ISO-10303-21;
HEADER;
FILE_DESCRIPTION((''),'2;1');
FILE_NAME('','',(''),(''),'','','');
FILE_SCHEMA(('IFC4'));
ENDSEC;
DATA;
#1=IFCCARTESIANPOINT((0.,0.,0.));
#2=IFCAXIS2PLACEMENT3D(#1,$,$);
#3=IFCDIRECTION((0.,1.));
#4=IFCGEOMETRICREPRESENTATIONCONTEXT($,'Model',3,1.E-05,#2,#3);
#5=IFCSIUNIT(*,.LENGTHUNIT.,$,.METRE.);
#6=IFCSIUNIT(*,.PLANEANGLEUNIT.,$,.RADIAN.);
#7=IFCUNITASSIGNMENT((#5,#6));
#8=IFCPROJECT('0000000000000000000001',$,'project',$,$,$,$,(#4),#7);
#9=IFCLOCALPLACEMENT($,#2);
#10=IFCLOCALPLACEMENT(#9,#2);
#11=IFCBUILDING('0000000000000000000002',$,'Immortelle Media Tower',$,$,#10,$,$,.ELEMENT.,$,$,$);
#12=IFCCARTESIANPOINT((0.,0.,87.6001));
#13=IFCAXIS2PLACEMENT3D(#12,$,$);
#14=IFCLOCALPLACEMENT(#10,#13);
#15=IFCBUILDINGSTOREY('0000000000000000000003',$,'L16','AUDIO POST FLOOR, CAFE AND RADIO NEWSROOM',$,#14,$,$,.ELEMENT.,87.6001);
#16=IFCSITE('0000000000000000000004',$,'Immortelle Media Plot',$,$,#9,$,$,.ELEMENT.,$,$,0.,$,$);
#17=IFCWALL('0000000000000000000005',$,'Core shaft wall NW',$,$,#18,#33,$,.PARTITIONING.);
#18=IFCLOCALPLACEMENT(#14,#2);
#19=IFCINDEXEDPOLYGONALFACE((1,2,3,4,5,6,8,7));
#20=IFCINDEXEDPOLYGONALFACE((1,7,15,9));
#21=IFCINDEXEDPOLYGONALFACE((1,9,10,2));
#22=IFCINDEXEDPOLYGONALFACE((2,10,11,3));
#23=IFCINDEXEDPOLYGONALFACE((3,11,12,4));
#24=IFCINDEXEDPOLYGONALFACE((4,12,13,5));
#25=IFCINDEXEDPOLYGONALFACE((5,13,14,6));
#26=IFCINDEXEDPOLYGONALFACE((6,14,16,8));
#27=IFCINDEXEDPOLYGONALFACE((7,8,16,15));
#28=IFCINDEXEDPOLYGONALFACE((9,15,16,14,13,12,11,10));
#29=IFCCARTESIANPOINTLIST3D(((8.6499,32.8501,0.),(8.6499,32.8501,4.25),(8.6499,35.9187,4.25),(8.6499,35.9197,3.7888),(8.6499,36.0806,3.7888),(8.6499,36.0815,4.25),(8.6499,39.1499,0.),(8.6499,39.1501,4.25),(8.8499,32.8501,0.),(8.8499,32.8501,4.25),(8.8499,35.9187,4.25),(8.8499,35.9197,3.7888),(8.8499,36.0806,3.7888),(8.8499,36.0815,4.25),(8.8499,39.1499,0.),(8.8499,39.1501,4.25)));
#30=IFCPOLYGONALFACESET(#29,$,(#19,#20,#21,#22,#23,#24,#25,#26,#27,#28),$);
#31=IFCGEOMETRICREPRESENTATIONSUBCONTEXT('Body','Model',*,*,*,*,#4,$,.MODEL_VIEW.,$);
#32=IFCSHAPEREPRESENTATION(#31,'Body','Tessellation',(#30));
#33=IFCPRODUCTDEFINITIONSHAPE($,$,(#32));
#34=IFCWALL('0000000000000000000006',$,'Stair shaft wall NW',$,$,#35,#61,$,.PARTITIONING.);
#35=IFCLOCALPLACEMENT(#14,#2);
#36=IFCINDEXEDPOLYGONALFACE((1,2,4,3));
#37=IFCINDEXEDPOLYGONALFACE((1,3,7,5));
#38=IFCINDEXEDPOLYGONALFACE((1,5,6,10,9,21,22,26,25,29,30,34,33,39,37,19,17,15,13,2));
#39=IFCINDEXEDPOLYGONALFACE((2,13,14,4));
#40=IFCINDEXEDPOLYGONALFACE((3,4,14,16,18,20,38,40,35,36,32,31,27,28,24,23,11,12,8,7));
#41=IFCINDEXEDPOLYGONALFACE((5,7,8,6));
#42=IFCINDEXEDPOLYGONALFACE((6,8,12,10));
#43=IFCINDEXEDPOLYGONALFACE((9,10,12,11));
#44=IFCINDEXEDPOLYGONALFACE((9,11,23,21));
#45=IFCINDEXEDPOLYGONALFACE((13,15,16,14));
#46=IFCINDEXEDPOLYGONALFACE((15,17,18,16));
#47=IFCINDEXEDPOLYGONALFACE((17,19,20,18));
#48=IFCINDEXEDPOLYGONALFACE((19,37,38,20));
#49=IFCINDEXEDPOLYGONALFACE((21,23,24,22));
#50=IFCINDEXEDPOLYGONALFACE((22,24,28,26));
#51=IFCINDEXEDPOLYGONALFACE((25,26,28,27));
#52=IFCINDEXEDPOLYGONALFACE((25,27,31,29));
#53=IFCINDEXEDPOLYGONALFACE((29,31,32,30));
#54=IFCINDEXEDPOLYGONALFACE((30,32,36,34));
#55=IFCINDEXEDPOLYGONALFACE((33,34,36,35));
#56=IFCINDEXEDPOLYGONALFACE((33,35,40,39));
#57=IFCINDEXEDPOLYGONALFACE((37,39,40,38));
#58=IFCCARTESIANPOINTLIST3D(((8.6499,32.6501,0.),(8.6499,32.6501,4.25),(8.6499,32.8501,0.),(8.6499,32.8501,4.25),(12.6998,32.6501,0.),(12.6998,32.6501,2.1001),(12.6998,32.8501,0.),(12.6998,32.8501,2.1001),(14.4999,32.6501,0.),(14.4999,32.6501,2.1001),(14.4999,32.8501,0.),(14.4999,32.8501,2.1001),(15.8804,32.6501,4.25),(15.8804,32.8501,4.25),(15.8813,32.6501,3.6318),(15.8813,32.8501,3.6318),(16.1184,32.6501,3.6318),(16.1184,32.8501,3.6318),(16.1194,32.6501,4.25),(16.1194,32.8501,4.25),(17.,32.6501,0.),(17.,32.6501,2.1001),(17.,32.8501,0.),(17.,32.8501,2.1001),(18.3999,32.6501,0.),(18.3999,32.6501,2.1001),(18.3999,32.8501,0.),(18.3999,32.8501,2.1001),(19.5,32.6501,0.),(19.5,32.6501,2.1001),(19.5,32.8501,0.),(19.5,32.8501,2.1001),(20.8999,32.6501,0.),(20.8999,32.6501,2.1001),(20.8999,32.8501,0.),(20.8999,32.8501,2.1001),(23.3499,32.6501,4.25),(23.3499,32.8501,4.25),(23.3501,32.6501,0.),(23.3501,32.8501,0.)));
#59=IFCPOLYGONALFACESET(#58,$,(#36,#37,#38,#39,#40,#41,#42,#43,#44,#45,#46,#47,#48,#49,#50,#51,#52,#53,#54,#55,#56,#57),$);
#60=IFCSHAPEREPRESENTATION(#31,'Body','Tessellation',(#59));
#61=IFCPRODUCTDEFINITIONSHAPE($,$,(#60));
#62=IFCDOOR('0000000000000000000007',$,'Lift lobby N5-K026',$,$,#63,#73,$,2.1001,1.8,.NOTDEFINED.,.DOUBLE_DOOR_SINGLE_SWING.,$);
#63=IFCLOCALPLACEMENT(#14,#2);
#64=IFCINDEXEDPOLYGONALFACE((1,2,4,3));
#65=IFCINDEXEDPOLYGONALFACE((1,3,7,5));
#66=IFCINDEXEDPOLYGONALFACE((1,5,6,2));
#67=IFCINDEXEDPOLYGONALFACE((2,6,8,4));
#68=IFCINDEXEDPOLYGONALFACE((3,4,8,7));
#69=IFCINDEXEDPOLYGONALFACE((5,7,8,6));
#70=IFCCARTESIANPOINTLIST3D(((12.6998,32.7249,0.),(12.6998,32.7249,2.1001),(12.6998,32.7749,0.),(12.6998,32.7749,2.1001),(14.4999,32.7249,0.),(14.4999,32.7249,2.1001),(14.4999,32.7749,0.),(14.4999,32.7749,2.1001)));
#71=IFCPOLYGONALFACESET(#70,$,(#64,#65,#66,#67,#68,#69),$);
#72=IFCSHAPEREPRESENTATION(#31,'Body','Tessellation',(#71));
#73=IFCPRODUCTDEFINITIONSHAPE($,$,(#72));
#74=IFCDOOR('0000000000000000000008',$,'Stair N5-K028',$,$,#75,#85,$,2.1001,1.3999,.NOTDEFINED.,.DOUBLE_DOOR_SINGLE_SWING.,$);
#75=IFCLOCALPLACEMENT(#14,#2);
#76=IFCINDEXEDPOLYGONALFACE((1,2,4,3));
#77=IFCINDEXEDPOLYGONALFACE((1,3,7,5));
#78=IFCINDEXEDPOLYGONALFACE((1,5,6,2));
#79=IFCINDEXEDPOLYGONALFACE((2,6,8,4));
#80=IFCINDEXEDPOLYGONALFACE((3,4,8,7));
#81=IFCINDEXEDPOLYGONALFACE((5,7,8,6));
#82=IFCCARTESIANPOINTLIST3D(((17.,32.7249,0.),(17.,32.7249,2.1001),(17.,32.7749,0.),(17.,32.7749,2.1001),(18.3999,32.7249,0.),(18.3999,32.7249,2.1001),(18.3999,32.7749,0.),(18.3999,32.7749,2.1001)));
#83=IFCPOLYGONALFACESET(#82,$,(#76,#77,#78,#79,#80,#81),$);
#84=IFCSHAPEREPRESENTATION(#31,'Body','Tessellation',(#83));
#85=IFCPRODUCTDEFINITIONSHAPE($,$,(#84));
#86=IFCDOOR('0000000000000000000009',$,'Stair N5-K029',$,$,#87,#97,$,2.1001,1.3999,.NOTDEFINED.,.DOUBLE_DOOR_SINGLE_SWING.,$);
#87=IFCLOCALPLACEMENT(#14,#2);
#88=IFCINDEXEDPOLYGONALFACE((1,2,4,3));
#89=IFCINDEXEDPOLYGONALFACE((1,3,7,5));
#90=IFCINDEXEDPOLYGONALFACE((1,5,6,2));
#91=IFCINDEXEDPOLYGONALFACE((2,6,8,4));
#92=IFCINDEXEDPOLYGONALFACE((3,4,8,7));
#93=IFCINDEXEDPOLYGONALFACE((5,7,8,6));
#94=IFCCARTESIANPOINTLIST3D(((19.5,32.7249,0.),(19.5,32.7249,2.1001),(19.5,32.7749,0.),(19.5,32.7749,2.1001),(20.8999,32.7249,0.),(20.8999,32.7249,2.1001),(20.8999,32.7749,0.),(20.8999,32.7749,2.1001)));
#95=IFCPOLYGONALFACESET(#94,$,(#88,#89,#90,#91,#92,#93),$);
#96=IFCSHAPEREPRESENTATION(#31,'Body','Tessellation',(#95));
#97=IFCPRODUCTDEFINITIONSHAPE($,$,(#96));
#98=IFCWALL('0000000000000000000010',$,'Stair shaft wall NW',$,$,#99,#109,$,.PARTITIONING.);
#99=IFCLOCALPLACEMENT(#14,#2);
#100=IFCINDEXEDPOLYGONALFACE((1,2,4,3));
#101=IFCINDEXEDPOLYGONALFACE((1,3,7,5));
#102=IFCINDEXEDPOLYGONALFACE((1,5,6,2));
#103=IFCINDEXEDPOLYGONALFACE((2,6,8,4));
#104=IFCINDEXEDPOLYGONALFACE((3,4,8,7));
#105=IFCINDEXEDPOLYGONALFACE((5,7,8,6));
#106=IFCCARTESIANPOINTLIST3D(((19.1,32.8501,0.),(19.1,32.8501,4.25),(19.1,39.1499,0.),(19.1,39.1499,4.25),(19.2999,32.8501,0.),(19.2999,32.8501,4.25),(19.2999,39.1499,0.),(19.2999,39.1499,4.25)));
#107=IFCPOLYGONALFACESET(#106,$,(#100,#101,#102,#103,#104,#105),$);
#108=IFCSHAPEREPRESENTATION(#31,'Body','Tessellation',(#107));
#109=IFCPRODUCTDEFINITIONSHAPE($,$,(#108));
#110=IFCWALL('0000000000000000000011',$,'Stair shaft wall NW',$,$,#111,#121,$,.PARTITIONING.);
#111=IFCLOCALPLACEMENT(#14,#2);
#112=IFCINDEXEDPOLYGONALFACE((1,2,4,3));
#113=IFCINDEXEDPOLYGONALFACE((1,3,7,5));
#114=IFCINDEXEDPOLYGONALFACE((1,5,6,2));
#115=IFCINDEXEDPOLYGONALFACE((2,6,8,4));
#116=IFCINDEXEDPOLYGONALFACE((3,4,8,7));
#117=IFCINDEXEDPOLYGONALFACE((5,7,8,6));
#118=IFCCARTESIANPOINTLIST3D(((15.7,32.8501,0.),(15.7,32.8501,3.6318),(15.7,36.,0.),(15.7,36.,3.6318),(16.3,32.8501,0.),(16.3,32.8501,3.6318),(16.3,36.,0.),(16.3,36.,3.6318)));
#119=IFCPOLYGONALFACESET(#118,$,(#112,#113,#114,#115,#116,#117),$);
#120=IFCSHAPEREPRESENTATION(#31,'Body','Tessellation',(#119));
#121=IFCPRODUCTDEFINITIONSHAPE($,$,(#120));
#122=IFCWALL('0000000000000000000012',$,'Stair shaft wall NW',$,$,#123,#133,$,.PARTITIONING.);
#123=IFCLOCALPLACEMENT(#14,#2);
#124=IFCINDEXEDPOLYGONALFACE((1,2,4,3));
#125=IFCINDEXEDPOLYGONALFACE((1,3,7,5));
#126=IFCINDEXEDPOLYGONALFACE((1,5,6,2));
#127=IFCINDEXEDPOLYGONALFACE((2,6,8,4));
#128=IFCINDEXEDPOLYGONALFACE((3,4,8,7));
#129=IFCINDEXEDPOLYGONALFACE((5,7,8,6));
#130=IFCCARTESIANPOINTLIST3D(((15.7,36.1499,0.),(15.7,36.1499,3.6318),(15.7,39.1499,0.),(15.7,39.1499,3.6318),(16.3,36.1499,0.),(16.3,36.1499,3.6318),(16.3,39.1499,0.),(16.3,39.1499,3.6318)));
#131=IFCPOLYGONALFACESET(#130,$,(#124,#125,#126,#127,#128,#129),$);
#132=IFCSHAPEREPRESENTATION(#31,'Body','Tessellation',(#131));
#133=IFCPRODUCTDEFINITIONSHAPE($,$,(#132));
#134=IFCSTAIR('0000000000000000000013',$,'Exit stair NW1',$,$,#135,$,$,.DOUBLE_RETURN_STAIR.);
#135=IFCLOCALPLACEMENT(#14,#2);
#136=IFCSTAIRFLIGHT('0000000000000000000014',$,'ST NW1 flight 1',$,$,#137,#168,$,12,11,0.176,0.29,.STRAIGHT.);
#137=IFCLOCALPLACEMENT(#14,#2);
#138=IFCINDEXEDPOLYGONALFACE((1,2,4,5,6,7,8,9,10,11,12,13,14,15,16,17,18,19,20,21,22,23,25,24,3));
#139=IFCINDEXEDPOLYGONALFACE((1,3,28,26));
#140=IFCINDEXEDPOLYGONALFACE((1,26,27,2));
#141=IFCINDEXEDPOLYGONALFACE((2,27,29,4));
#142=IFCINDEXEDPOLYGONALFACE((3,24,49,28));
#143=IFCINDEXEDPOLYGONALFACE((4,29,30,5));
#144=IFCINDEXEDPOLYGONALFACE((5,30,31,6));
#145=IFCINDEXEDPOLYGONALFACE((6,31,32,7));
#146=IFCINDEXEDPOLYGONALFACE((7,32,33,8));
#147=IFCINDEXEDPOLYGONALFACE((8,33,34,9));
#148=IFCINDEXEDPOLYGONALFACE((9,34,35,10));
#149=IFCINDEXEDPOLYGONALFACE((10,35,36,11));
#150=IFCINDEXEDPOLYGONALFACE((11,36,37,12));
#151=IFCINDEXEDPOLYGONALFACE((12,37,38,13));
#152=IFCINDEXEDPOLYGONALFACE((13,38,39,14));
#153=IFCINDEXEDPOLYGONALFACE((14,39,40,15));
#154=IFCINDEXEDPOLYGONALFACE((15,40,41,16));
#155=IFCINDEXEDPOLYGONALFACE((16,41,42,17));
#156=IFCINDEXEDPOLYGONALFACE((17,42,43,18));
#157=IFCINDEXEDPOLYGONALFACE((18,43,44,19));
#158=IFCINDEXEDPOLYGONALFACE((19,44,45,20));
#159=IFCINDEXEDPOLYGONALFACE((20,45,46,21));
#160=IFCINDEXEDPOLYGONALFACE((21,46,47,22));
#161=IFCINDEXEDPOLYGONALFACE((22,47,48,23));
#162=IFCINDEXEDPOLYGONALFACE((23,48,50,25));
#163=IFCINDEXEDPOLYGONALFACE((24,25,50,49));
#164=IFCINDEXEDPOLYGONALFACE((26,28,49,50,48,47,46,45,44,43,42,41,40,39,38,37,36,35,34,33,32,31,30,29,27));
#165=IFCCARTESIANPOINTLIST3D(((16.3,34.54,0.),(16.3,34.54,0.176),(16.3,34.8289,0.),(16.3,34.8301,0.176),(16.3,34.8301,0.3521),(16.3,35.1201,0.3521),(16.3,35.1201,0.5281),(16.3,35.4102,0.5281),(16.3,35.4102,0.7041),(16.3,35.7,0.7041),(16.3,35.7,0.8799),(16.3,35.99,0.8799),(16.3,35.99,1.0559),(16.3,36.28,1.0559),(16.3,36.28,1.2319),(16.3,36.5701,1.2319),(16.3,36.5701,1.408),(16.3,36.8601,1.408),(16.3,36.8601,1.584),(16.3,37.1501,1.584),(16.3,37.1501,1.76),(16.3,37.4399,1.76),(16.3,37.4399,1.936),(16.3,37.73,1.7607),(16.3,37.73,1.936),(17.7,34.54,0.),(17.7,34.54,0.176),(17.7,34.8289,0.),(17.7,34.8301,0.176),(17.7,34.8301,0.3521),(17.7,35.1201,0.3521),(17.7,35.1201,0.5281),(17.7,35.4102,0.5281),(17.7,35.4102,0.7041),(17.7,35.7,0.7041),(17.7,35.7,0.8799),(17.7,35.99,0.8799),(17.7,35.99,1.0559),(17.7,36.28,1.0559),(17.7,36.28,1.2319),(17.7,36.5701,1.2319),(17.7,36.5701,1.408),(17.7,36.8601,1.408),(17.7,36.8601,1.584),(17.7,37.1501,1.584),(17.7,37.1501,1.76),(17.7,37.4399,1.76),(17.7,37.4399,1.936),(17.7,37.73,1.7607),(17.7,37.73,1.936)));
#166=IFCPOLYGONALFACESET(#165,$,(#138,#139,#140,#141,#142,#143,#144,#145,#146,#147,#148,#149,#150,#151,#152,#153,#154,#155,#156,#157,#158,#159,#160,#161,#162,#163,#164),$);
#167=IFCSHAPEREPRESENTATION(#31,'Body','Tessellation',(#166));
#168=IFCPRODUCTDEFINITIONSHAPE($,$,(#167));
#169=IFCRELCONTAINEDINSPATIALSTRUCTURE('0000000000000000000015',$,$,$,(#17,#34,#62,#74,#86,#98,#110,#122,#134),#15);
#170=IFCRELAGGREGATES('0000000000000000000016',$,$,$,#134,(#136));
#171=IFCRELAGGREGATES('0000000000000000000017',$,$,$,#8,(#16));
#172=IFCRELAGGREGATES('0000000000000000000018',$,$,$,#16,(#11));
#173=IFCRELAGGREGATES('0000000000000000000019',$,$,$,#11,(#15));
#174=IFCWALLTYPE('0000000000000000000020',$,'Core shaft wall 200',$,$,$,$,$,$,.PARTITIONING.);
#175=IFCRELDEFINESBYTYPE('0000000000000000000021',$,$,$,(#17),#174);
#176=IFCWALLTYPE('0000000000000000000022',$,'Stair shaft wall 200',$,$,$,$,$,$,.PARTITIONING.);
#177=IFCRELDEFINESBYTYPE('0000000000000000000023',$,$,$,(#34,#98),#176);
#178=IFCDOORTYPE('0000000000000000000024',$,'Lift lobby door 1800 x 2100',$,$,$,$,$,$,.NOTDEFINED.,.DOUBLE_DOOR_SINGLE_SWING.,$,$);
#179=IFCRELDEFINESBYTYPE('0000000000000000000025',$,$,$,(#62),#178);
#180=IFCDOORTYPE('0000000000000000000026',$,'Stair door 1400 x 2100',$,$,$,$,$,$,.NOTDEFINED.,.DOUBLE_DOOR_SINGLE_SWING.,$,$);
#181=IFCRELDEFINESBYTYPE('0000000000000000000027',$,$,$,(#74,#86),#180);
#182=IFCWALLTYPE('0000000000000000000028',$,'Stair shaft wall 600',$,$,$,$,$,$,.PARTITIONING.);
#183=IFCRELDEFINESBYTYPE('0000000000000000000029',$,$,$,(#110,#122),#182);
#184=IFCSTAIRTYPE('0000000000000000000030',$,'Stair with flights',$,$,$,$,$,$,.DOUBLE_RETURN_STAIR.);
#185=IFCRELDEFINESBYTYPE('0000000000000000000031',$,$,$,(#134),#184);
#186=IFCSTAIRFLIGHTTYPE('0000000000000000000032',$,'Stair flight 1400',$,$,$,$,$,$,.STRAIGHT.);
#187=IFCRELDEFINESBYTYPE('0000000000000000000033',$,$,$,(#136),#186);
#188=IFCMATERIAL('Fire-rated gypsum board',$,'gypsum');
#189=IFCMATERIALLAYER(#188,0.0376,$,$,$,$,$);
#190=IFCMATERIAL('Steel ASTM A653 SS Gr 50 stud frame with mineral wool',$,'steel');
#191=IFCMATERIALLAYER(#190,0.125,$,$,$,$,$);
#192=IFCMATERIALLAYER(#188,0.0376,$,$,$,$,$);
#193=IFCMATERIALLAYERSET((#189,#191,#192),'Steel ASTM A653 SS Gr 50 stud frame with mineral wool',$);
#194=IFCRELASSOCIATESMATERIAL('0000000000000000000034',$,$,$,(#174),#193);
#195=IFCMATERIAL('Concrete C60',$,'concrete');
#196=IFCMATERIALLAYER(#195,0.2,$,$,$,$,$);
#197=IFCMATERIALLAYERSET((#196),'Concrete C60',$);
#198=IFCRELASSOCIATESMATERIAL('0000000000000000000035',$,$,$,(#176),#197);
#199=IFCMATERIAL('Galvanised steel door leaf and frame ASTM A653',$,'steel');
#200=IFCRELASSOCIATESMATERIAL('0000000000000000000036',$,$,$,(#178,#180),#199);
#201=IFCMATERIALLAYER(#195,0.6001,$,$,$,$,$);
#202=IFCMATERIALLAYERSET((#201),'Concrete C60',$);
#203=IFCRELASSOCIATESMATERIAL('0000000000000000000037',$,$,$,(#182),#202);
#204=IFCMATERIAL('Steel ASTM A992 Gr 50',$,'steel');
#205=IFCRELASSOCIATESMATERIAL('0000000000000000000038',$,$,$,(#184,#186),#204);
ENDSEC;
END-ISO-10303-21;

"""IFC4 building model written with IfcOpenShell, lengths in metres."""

from ifc_helpers import new_model, si_unit, direction, frame, frame_2d, origin, place, context, subcontext, project, spatial, polyline, rectangle, outline, extrude, material, layer, layer_set, type_object, element, fill, aggregate, save


model = new_model("IFC4")

# Units and contexts
model_context = context("Model", 3, precision=1e-05, world=origin(), true_north=direction((0.0, 1.0)))
body_context = subcontext(model_context, "Body", "Model", "MODEL_VIEW")
ifc_project = project(units=[si_unit("LENGTHUNIT", "METRE"), si_unit("PLANEANGLEUNIT", "RADIAN")], contexts=[model_context])

# Site, building, storey
site_placement = place(None, origin())
site = spatial("IfcSite", under=ifc_project, at=site_placement, Name="Immortelle Media Plot", CompositionType="ELEMENT", RefElevation=0.0)
building_placement = place(site_placement, origin())
building = spatial("IfcBuilding", under=site, at=building_placement, Name="Immortelle Media Tower", CompositionType="ELEMENT")
storey_placement = place(building_placement, frame((0.0, 0.0, 87.6001)))
storey = spatial("IfcBuildingStorey", under=building, at=storey_placement, Name="L16", Description="AUDIO POST FLOOR, CAFE AND RADIO NEWSROOM", CompositionType="ELEMENT", Elevation=87.6001)

# Shared definitions
ifc_material_1 = material(Name="Steel ASTM A992 Gr 50", Category="steel")

# Shared definitions
ifc_material_2 = material(Name="Fire-rated gypsum board", Category="gypsum")
ifc_material_3 = material(Name="Steel ASTM A653 SS Gr 50 stud frame with mineral wool", Category="steel")

# Wall
ifc_layer_1 = layer(ifc_material_2, 0.0376)
ifc_layer_2 = layer(ifc_material_3, 0.125)
ifc_layer_3 = layer(ifc_material_2, 0.0376)
ifc_layer_set_1 = layer_set([ifc_layer_1, ifc_layer_2, ifc_layer_3], Name="Steel ASTM A653 SS Gr 50 stud frame with mineral wool")
wall_type_1 = type_object("IfcWallType", Name="Core shaft wall 200", PredefinedType="PARTITIONING", material=ifc_layer_set_1)
wall_1_placement = place(storey_placement, frame((8.75, 32.8501, 0.0), z_axis=(0.0, 0.0, 1.0), x_axis=(0.0, 1.0, 0.0)))
element("IfcWall", 1, at=wall_1_placement, inside=storey, type_object=wall_type_1, Name="Core shaft wall NW", PredefinedType="PARTITIONING", context=body_context, shape_type="SweptSolid", body=[
    extrude(outline(polyline([(0.0, 0.0), (6.2998, 0.0), (6.3, 4.25), (3.2314, 4.25), (3.2305, 3.7888), (3.0696, 3.7888), (3.0686, 4.25), (0.0, 4.25), (0.0, 0.0)])), frame((0.0, 0.1001, 0.0), z_axis=(0.0, -1.0, 0.0), x_axis=(1.0, 0.0, 0.0)), (0.0, 0.0, 1.0), 0.2),
])

# Wall, openings, doors
ifc_material_4 = material(Name="Concrete C60", Category="concrete")
ifc_layer_4 = layer(ifc_material_4, 0.2)
ifc_layer_set_2 = layer_set([ifc_layer_4], Name="Concrete C60")
wall_type_2 = type_object("IfcWallType", Name="Stair shaft wall 200", PredefinedType="PARTITIONING", material=ifc_layer_set_2)
wall_2_placement = place(storey_placement, frame((8.6499, 32.75, 0.0), z_axis=(0.0, 0.0, 1.0), x_axis=(1.0, 0.0, 0.0)))
wall_2 = element("IfcWall", 2, at=wall_2_placement, inside=storey, type_object=wall_type_2, Name="Stair shaft wall NW", PredefinedType="PARTITIONING", context=body_context, shape_type="SweptSolid", body=[
    extrude(outline(polyline([(0.0, 0.0), (14.7002, 0.0), (14.7, 4.25), (7.4695, 4.25), (7.4685, 3.6318), (7.2314, 3.6318), (7.2305, 4.25), (0.0, 4.25), (0.0, 0.0)])), frame((0.0, 0.1001, 0.0), z_axis=(0.0, -1.0, 0.0), x_axis=(1.0, 0.0, 0.0)), (0.0, 0.0, 1.0), 0.2),
])
opening_1_placement = place(wall_2_placement, frame((4.05, 0.0, 0.0)))
opening_1 = element("IfcOpeningElement", 3, at=opening_1_placement, cuts=wall_2, PredefinedType="OPENING", context=body_context, shape_type="SweptSolid", body=[
    extrude(rectangle(XDim=1.8, YDim=2.1001, at=frame_2d((0.8999, 1.05))), frame((0.0, 0.1099, 0.0), z_axis=(0.0, -1.0, 0.0), x_axis=(1.0, 0.0, 0.0)), (0.0, 0.0, 1.0), 0.22),
])
opening_2_placement = place(wall_2_placement, frame((8.3501, 0.0, 0.0)))
opening_2 = element("IfcOpeningElement", 4, at=opening_2_placement, cuts=wall_2, PredefinedType="OPENING", context=body_context, shape_type="SweptSolid", body=[
    extrude(rectangle(XDim=1.3999, YDim=2.1001, at=frame_2d((0.7, 1.05))), frame((0.0, 0.1099, 0.0), z_axis=(0.0, -1.0, 0.0), x_axis=(1.0, 0.0, 0.0)), (0.0, 0.0, 1.0), 0.22),
])
opening_3_placement = place(wall_2_placement, frame((10.8501, 0.0, 0.0)))
opening_3 = element("IfcOpeningElement", 5, at=opening_3_placement, cuts=wall_2, PredefinedType="OPENING", context=body_context, shape_type="SweptSolid", body=[
    extrude(rectangle(XDim=1.3999, YDim=2.1001, at=frame_2d((0.7, 1.05))), frame((0.0, 0.1099, 0.0), z_axis=(0.0, -1.0, 0.0), x_axis=(1.0, 0.0, 0.0)), (0.0, 0.0, 1.0), 0.22),
])
ifc_material_5 = material(Name="Galvanised steel door leaf and frame ASTM A653", Category="steel")
door_type_1 = type_object("IfcDoorType", Name="Lift lobby door 1800 x 2100", OperationType="DOUBLE_DOOR_SINGLE_SWING", PredefinedType="NOTDEFINED", material=ifc_material_5)
door_1_placement = place(opening_1_placement, origin())
door_1 = element("IfcDoor", 6, at=door_1_placement, inside=storey, type_object=door_type_1, Name="Lift lobby N5-K026", OperationType="DOUBLE_DOOR_SINGLE_SWING", OverallHeight=2.1001, OverallWidth=1.8, PredefinedType="NOTDEFINED", context=body_context, shape_type="SweptSolid", body=[
    extrude(rectangle(XDim=1.8, YDim=2.1001, at=frame_2d((0.8999, 1.05))), frame((0.0, 0.0249, 0.0), z_axis=(0.0, -1.0, 0.0), x_axis=(1.0, 0.0, 0.0)), (0.0, 0.0, 1.0), 0.05),
])
fill(opening_1, door_1)
door_type_2 = type_object("IfcDoorType", Name="Stair door 1400 x 2100", OperationType="DOUBLE_DOOR_SINGLE_SWING", PredefinedType="NOTDEFINED", material=ifc_material_5)
door_2_placement = place(opening_2_placement, origin())
door_2 = element("IfcDoor", 7, at=door_2_placement, inside=storey, type_object=door_type_2, Name="Stair N5-K028", OperationType="DOUBLE_DOOR_SINGLE_SWING", OverallHeight=2.1001, OverallWidth=1.3999, PredefinedType="NOTDEFINED", context=body_context, shape_type="SweptSolid", body=[
    extrude(rectangle(XDim=1.3999, YDim=2.1001, at=frame_2d((0.7, 1.05))), frame((0.0, 0.0249, 0.0), z_axis=(0.0, -1.0, 0.0), x_axis=(1.0, 0.0, 0.0)), (0.0, 0.0, 1.0), 0.05),
])
fill(opening_2, door_2)
door_3_placement = place(opening_3_placement, origin())
door_3 = element("IfcDoor", 8, at=door_3_placement, inside=storey, type_object=door_type_2, Name="Stair N5-K029", OperationType="DOUBLE_DOOR_SINGLE_SWING", OverallHeight=2.1001, OverallWidth=1.3999, PredefinedType="NOTDEFINED", context=body_context, shape_type="SweptSolid", body=[
    extrude(rectangle(XDim=1.3999, YDim=2.1001, at=frame_2d((0.7, 1.05))), frame((0.0, 0.0249, 0.0), z_axis=(0.0, -1.0, 0.0), x_axis=(1.0, 0.0, 0.0)), (0.0, 0.0, 1.0), 0.05),
])
fill(opening_3, door_3)

# Walls
wall_3_placement = place(storey_placement, frame((19.2, 32.8501, 0.0), z_axis=(0.0, 0.0, 1.0), x_axis=(0.0, 1.0, 0.0)))
element("IfcWall", 9, at=wall_3_placement, inside=storey, type_object=wall_type_2, Name="Stair shaft wall NW", PredefinedType="PARTITIONING", context=body_context, shape_type="SweptSolid", body=[
    extrude(rectangle(XDim=6.2998, YDim=0.2, at=frame_2d((3.1499, 0.0))), origin(), (0.0, 0.0, 1.0), 4.25),
])
ifc_layer_5 = layer(ifc_material_4, 0.6001)
ifc_layer_set_3 = layer_set([ifc_layer_5], Name="Concrete C60")
wall_type_3 = type_object("IfcWallType", Name="Stair shaft wall 600", PredefinedType="PARTITIONING", material=ifc_layer_set_3)
wall_4_placement = place(storey_placement, frame((16.0, 32.8501, 0.0), z_axis=(0.0, 0.0, 1.0), x_axis=(0.0, 1.0, 0.0)))
element("IfcWall", 10, at=wall_4_placement, inside=storey, type_object=wall_type_3, Name="Stair shaft wall NW", PredefinedType="PARTITIONING", context=body_context, shape_type="SweptSolid", body=[
    extrude(rectangle(XDim=3.1499, YDim=0.6001, at=frame_2d((1.575, 0.0))), origin(), (0.0, 0.0, 1.0), 3.6318),
])
wall_5_placement = place(storey_placement, frame((16.0, 36.1499, 0.0), z_axis=(0.0, 0.0, 1.0), x_axis=(0.0, 1.0, 0.0)))
element("IfcWall", 11, at=wall_5_placement, inside=storey, type_object=wall_type_3, Name="Stair shaft wall NW", PredefinedType="PARTITIONING", context=body_context, shape_type="SweptSolid", body=[
    extrude(rectangle(XDim=3.0, YDim=0.6001, at=frame_2d((1.5, 0.0))), origin(), (0.0, 0.0, 1.0), 3.6318),
])

# Stair, stair flight
stair_type = type_object("IfcStairType", Name="Stair with flights", PredefinedType="DOUBLE_RETURN_STAIR", material=ifc_material_1)
stair_1_placement = place(storey_placement, origin())
stair_1 = element("IfcStair", 12, at=stair_1_placement, inside=storey, type_object=stair_type, Name="Exit stair NW1", PredefinedType="DOUBLE_RETURN_STAIR")
stair_flight_type = type_object("IfcStairFlightType", Name="Stair flight 1400", PredefinedType="STRAIGHT", material=ifc_material_1)
stair_flight_1_placement = place(storey_placement, frame((17.0, 34.54, 0.0), z_axis=(0.0, 0.0, 1.0), x_axis=(0.0, 1.0, 0.0)))
stair_flight_1 = element("IfcStairFlight", 13, at=stair_flight_1_placement, type_object=stair_flight_type, Name="ST NW1 flight 1", NumberOfRisers=12, NumberOfTreads=11, PredefinedType="STRAIGHT", RiserHeight=0.176, TreadLength=0.29, context=body_context, shape_type="SweptSolid", body=[
    extrude(outline(polyline([(0.0, 0.0), (0.0, 0.176), (0.29, 0.176), (0.29, 0.3521), (0.5801, 0.3521), (0.5801, 0.5281), (0.8701, 0.5281), (0.8701, 0.7041), (1.1599, 0.7041), (1.1599, 0.8799), (1.45, 0.8799), (1.45, 1.0559), (1.74, 1.0559), (1.74, 1.2319), (2.03, 1.2319), (2.03, 1.408), (2.3201, 1.408), (2.3201, 1.584), (2.6101, 1.584), (2.6101, 1.76), (2.8999, 1.76), (2.8999, 1.936), (3.1899, 1.936), (3.1899, 2.1121), (3.1899, 1.7607), (0.2888, 0.0), (0.0, 0.0)])), frame((0.0, 0.7, 0.0), z_axis=(0.0, -1.0, 0.0), x_axis=(1.0, 0.0, 0.0)), (0.0, 0.0, 1.0), 1.3999),
])
aggregate(stair_1, [stair_flight_1])

save(model, "model.ifc")
